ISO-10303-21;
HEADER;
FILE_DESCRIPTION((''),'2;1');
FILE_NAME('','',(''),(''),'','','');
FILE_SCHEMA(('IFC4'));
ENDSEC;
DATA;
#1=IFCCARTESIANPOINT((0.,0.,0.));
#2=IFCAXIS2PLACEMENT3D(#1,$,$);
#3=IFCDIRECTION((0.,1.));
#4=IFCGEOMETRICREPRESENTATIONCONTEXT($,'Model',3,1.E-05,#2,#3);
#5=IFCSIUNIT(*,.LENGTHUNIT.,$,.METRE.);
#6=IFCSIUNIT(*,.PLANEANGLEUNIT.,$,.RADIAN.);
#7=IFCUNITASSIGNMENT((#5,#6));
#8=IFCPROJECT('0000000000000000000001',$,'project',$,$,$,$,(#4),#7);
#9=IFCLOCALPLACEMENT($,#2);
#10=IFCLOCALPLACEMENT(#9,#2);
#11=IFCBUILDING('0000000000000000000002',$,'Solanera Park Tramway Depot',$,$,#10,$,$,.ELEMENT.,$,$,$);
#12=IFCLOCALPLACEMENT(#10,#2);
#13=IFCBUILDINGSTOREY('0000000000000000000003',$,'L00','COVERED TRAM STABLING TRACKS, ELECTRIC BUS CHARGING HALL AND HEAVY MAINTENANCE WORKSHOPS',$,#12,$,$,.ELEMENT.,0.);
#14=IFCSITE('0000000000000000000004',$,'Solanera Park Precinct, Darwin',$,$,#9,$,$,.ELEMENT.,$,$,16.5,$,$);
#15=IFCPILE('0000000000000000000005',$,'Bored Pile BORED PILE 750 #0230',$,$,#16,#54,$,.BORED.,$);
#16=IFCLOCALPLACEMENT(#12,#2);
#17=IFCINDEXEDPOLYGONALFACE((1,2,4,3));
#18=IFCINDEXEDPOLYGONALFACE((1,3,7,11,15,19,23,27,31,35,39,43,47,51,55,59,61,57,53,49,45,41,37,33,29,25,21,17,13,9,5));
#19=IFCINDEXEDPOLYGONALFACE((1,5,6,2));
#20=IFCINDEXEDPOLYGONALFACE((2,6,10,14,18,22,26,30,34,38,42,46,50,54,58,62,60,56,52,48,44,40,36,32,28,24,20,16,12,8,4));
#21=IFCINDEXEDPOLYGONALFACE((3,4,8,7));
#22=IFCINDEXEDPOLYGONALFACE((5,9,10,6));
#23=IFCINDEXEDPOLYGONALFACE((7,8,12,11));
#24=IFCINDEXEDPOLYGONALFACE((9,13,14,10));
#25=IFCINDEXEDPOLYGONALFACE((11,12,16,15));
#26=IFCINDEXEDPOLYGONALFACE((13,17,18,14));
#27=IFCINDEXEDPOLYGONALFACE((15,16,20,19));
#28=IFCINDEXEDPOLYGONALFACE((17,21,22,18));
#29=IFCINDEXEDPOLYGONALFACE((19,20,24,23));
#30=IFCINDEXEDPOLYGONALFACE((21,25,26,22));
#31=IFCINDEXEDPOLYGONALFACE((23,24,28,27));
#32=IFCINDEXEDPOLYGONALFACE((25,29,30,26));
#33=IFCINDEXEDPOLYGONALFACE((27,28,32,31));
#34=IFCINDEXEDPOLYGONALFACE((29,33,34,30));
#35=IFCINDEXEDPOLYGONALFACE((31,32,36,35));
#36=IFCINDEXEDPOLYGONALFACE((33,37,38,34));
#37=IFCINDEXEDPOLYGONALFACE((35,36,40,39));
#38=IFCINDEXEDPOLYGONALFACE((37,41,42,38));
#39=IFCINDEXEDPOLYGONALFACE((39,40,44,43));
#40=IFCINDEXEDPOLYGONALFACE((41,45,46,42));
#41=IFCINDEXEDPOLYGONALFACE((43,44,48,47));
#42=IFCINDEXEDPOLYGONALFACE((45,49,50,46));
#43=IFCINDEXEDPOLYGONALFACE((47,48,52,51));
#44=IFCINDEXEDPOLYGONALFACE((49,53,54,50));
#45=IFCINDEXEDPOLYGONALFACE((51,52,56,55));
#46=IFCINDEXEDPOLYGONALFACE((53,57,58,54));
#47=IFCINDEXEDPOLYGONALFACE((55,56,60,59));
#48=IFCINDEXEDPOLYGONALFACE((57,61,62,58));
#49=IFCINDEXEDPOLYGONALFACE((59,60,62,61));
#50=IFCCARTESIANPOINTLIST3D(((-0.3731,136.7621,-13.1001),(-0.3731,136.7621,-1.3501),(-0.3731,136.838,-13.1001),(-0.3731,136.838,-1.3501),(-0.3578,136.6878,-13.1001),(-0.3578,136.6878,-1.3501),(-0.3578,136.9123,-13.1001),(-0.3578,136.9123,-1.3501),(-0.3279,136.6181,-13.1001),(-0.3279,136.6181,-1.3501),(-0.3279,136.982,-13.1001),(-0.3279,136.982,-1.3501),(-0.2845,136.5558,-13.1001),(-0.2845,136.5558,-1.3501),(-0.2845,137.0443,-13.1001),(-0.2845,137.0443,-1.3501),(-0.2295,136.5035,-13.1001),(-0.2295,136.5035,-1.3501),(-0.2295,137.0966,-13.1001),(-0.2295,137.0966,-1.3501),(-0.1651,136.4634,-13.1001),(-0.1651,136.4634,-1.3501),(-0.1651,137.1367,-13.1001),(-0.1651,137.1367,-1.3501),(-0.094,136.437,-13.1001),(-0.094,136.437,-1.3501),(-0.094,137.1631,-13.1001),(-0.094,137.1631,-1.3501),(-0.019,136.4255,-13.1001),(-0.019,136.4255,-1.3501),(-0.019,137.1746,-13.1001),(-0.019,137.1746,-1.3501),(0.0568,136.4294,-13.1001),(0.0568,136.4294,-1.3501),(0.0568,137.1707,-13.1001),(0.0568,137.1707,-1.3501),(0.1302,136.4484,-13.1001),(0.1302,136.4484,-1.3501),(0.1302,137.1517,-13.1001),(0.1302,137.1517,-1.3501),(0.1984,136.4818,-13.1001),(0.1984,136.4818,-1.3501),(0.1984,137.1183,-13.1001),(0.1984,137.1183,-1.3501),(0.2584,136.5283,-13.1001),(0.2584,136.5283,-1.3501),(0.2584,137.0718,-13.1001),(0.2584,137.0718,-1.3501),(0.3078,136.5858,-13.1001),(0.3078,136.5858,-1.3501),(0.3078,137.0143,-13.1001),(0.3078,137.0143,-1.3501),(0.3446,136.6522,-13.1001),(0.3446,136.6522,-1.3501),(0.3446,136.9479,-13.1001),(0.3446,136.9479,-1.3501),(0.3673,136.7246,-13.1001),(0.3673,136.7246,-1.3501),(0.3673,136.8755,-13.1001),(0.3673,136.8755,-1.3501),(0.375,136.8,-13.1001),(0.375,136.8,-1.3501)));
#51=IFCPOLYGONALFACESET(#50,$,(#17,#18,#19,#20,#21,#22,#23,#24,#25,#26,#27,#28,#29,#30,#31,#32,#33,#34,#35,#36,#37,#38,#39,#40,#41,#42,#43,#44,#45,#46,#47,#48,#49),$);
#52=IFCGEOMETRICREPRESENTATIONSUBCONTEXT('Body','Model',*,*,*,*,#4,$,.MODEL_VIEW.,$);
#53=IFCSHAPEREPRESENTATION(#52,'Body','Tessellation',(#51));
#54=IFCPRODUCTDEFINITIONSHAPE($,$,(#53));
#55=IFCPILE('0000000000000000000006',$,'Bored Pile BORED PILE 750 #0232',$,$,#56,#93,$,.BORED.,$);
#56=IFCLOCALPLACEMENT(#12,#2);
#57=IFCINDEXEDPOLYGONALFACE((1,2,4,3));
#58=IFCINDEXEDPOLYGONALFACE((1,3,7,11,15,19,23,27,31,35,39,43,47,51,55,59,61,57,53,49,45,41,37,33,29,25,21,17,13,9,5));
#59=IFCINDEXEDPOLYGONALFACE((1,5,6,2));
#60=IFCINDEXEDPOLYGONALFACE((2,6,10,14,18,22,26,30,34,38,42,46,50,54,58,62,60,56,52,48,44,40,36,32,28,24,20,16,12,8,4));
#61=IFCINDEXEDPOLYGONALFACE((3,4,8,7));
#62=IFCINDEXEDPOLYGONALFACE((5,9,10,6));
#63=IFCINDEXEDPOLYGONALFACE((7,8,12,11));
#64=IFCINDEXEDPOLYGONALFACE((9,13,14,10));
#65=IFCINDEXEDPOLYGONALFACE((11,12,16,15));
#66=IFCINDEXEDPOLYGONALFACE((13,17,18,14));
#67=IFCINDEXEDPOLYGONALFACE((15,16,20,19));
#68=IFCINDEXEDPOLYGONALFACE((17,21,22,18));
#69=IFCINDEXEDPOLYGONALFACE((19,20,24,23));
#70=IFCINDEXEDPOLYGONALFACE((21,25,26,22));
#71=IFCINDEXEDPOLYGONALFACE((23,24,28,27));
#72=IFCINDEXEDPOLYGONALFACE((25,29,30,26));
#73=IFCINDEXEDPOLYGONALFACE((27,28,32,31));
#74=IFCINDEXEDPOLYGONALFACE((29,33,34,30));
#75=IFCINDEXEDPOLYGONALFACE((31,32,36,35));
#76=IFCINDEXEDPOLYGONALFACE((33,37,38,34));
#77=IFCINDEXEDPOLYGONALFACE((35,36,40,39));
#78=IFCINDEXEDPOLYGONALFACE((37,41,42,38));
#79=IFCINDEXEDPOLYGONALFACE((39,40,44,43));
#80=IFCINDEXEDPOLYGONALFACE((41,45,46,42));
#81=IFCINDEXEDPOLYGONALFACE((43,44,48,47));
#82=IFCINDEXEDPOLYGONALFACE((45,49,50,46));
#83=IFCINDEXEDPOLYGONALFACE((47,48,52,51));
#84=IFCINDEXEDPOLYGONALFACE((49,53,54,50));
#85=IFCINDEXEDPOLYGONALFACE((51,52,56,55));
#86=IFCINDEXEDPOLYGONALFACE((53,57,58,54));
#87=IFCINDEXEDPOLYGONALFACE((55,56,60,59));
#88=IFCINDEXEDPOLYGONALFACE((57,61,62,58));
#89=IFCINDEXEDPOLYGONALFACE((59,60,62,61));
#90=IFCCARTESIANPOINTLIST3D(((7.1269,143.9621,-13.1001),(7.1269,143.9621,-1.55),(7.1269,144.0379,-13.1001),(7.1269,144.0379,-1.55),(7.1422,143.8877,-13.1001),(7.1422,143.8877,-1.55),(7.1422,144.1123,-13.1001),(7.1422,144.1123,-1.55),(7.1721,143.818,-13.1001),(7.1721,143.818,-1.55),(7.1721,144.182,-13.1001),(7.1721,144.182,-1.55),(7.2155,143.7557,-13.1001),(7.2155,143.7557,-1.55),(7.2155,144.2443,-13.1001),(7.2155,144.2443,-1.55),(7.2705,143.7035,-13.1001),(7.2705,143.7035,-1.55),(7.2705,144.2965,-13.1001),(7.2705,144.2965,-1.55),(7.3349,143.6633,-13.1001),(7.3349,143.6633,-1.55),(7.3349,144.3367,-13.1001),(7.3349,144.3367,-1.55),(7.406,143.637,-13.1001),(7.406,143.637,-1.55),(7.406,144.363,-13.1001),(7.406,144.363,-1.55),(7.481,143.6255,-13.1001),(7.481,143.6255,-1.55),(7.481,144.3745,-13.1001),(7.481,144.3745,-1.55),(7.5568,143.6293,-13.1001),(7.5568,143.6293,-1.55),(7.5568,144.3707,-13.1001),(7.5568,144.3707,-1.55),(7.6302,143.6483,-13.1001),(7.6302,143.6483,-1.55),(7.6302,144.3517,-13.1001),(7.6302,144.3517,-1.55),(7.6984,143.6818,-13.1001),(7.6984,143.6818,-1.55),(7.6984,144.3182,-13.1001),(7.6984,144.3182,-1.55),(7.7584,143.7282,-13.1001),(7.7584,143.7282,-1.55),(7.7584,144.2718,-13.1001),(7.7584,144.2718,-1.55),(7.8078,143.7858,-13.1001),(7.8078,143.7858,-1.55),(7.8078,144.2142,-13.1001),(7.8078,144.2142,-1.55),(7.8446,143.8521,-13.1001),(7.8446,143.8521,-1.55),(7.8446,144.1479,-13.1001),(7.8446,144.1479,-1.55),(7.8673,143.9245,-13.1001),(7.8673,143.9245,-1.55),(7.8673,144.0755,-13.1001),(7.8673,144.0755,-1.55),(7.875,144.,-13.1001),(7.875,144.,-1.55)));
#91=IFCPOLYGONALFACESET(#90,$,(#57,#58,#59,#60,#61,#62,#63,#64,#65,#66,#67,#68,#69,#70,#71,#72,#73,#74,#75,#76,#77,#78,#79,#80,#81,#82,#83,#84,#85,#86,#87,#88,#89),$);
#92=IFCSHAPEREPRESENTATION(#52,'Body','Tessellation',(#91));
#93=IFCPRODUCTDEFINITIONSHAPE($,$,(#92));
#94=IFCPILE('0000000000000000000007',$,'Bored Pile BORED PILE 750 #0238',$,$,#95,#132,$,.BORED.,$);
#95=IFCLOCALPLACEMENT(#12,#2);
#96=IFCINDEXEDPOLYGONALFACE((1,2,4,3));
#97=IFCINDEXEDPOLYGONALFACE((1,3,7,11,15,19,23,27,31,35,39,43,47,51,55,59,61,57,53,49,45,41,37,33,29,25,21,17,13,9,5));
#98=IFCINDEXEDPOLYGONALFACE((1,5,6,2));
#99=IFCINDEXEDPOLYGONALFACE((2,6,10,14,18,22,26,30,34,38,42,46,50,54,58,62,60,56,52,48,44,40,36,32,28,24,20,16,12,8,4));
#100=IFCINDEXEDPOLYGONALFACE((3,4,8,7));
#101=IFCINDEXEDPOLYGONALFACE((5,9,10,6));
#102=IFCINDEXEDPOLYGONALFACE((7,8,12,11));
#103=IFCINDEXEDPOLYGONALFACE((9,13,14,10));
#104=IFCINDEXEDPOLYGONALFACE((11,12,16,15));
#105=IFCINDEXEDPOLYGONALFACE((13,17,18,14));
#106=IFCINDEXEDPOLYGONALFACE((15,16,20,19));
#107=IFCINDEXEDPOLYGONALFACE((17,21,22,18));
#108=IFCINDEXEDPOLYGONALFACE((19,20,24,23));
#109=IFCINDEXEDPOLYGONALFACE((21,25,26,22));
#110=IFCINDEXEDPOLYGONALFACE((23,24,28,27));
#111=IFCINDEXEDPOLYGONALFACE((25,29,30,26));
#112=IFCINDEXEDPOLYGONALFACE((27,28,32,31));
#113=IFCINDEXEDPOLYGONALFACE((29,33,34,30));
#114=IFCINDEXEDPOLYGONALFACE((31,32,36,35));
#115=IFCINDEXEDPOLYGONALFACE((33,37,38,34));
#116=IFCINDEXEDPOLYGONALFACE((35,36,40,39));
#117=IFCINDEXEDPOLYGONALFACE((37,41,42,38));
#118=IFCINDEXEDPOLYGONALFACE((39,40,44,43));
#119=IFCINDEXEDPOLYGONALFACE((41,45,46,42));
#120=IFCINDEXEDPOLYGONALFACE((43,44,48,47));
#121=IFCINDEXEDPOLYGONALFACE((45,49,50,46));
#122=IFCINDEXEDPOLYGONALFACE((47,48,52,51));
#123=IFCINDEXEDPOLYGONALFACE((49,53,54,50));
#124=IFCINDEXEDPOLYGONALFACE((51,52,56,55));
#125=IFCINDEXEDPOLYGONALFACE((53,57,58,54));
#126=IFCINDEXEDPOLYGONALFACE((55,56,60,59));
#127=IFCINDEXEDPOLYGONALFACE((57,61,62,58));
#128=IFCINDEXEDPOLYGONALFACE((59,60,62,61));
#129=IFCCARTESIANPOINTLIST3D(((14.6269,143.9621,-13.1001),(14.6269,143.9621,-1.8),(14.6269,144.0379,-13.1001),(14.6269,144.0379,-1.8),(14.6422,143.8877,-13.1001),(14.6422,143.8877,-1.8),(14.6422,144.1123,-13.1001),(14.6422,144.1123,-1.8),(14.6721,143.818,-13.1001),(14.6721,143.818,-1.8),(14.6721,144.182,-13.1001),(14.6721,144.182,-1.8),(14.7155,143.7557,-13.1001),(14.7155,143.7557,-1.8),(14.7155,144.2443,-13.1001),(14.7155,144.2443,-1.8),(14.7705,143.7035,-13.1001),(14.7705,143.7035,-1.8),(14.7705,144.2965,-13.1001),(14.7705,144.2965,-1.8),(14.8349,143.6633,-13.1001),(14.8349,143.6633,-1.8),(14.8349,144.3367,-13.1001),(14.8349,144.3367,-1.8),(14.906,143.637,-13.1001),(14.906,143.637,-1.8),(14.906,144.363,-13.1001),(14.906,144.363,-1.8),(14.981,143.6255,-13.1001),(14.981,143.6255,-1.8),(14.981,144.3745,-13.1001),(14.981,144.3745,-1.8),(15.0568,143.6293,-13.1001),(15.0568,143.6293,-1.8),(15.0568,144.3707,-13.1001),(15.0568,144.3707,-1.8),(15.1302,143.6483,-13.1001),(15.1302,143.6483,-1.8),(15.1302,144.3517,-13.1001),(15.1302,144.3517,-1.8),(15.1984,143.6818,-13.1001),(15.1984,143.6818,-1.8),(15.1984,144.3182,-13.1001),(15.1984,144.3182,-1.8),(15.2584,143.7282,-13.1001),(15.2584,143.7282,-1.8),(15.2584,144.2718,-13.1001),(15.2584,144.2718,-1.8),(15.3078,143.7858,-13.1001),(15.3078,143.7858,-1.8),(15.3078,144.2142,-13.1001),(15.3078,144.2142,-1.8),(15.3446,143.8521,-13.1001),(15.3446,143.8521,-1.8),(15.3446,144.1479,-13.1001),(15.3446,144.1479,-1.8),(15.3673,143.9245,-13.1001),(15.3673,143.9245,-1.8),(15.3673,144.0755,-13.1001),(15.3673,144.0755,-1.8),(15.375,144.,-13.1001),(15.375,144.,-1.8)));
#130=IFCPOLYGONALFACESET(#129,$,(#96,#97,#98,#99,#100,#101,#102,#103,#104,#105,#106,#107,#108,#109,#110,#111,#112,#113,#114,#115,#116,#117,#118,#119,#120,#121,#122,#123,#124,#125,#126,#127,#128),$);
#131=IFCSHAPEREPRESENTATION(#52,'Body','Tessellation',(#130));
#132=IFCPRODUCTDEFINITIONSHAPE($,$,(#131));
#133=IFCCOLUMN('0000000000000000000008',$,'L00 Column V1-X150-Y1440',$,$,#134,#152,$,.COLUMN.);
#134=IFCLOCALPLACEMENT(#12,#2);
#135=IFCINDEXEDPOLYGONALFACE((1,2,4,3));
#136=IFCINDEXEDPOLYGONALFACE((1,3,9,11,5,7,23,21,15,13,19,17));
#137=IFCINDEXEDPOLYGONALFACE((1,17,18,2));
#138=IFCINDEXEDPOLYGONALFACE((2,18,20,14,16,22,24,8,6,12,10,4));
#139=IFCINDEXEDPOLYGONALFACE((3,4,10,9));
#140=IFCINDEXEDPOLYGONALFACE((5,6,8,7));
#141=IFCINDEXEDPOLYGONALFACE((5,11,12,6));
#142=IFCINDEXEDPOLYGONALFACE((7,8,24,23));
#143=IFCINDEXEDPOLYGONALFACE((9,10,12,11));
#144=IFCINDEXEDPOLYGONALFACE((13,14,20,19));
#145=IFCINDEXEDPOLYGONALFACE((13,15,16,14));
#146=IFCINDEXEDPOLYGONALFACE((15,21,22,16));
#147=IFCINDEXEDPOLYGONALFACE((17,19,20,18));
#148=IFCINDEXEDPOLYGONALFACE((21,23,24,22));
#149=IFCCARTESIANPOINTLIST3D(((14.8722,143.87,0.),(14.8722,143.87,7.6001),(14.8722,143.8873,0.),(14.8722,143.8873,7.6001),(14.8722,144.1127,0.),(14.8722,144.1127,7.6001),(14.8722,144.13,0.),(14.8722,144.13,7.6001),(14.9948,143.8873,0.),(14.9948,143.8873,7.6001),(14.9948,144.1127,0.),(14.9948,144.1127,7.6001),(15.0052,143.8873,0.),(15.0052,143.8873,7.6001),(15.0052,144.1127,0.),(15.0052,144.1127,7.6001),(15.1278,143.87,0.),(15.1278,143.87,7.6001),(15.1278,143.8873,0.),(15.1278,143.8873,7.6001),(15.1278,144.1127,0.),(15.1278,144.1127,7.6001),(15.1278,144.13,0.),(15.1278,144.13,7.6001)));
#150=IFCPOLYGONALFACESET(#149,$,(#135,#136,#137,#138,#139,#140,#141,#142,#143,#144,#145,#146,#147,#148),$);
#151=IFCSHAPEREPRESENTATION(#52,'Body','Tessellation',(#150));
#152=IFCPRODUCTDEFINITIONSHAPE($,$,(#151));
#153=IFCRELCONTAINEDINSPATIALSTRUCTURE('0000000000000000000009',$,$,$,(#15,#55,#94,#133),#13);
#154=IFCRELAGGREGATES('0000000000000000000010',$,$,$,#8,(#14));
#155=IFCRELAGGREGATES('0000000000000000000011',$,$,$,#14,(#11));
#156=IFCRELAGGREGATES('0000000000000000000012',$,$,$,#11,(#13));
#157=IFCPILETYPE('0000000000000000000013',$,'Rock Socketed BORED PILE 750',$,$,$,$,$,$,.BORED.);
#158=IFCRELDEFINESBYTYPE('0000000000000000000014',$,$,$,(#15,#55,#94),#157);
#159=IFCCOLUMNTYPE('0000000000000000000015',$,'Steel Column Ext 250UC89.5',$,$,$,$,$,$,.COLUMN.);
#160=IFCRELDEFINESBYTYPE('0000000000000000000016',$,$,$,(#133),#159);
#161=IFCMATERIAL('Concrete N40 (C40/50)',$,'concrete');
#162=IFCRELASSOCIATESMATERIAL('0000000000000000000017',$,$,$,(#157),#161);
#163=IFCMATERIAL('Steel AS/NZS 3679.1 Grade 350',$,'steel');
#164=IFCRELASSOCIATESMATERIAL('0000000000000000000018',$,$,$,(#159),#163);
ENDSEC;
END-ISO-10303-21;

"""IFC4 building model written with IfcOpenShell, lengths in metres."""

from ifc_helpers import new_model, si_unit, direction, frame, origin, origin_2d, place, context, subcontext, project, spatial, circle, i_section, extrude, material, material_profile, profile_set, type_object, element, save


model = new_model("IFC4")

# Units and contexts
model_context = context("Model", 3, precision=1e-05, world=origin(), true_north=direction((0.0, 1.0)))
body_context = subcontext(model_context, "Body", "Model", "MODEL_VIEW")
ifc_project = project(units=[si_unit("LENGTHUNIT", "METRE"), si_unit("PLANEANGLEUNIT", "RADIAN")], contexts=[model_context])

# Site, building, storey
site_placement = place(None, origin())
site = spatial("IfcSite", under=ifc_project, at=site_placement, Name="Solanera Park Precinct, Darwin", CompositionType="ELEMENT", RefElevation=16.5)
building_placement = place(site_placement, origin())
building = spatial("IfcBuilding", under=site, at=building_placement, Name="Solanera Park Tramway Depot", CompositionType="ELEMENT")
storey_placement = place(building_placement, origin())
storey = spatial("IfcBuildingStorey", under=building, at=storey_placement, Name="L00", Description="COVERED TRAM STABLING TRACKS, ELECTRIC BUS CHARGING HALL AND HEAVY MAINTENANCE WORKSHOPS", CompositionType="ELEMENT", Elevation=0.0)

# Piles
ifc_material_1 = material(Name="Concrete N40 (C40/50)", Category="concrete")
ifc_material_profile_1 = material_profile(ifc_material_1, circle(Radius=0.375, at=origin_2d()), Name="BORED PILE 750")
ifc_profile_set_1 = profile_set([ifc_material_profile_1], Name="Concrete N40 (C40/50)")
pile_type = type_object("IfcPileType", Name="Rock Socketed BORED PILE 750", PredefinedType="BORED", material=ifc_profile_set_1)
pile_1_placement = place(storey_placement, frame((0.0, 136.8, -1.3501), z_axis=(0.0, 0.0, -1.0), x_axis=(1.0, 0.0, 0.0)))
element("IfcPile", 1, at=pile_1_placement, inside=storey, type_object=pile_type, Name="Bored Pile BORED PILE 750 #0230", PredefinedType="BORED", context=body_context, shape_type="SweptSolid", body=[
    extrude(circle(Radius=0.375, at=origin_2d()), origin(), (0.0, 0.0, 1.0), 11.75),
])
pile_2_placement = place(storey_placement, frame((7.5, 144.0, -1.55), z_axis=(0.0, 0.0, -1.0), x_axis=(1.0, 0.0, 0.0)))
element("IfcPile", 2, at=pile_2_placement, inside=storey, type_object=pile_type, Name="Bored Pile BORED PILE 750 #0232", PredefinedType="BORED", context=body_context, shape_type="SweptSolid", body=[
    extrude(circle(Radius=0.375, at=origin_2d()), origin(), (0.0, 0.0, 1.0), 11.55),
])
pile_3_placement = place(storey_placement, frame((15.0, 144.0, -1.8), z_axis=(0.0, 0.0, -1.0), x_axis=(1.0, 0.0, 0.0)))
element("IfcPile", 3, at=pile_3_placement, inside=storey, type_object=pile_type, Name="Bored Pile BORED PILE 750 #0238", PredefinedType="BORED", context=body_context, shape_type="SweptSolid", body=[
    extrude(circle(Radius=0.375, at=origin_2d()), origin(), (0.0, 0.0, 1.0), 11.3),
])

# Column
ifc_material_2 = material(Name="Steel AS/NZS 3679.1 Grade 350", Category="steel")
ifc_material_profile_2 = material_profile(ifc_material_2, i_section(OverallWidth=0.2556, OverallDepth=0.26, WebThickness=0.0105, FlangeThickness=0.0173, at=origin_2d()), Name="250UC89.5")
ifc_profile_set_2 = profile_set([ifc_material_profile_2], Name="Steel AS/NZS 3679.1 Grade 350")
column_type_1 = type_object("IfcColumnType", Name="Steel Column Ext 250UC89.5", PredefinedType="COLUMN", material=ifc_profile_set_2)
column_placement = place(storey_placement, frame((15.0, 144.0, 0.0), z_axis=(0.0, 0.0, 1.0), x_axis=(1.0, 0.0, 0.0)))
element("IfcColumn", 4, at=column_placement, inside=storey, type_object=column_type_1, Name="L00 Column V1-X150-Y1440", PredefinedType="COLUMN", context=body_context, shape_type="SweptSolid", body=[
    extrude(i_section(OverallWidth=0.2556, OverallDepth=0.26, WebThickness=0.0105, FlangeThickness=0.0173, at=origin_2d()), origin(), (0.0, 0.0, 1.0), 7.6001),
])

save(model, "model.ifc")
